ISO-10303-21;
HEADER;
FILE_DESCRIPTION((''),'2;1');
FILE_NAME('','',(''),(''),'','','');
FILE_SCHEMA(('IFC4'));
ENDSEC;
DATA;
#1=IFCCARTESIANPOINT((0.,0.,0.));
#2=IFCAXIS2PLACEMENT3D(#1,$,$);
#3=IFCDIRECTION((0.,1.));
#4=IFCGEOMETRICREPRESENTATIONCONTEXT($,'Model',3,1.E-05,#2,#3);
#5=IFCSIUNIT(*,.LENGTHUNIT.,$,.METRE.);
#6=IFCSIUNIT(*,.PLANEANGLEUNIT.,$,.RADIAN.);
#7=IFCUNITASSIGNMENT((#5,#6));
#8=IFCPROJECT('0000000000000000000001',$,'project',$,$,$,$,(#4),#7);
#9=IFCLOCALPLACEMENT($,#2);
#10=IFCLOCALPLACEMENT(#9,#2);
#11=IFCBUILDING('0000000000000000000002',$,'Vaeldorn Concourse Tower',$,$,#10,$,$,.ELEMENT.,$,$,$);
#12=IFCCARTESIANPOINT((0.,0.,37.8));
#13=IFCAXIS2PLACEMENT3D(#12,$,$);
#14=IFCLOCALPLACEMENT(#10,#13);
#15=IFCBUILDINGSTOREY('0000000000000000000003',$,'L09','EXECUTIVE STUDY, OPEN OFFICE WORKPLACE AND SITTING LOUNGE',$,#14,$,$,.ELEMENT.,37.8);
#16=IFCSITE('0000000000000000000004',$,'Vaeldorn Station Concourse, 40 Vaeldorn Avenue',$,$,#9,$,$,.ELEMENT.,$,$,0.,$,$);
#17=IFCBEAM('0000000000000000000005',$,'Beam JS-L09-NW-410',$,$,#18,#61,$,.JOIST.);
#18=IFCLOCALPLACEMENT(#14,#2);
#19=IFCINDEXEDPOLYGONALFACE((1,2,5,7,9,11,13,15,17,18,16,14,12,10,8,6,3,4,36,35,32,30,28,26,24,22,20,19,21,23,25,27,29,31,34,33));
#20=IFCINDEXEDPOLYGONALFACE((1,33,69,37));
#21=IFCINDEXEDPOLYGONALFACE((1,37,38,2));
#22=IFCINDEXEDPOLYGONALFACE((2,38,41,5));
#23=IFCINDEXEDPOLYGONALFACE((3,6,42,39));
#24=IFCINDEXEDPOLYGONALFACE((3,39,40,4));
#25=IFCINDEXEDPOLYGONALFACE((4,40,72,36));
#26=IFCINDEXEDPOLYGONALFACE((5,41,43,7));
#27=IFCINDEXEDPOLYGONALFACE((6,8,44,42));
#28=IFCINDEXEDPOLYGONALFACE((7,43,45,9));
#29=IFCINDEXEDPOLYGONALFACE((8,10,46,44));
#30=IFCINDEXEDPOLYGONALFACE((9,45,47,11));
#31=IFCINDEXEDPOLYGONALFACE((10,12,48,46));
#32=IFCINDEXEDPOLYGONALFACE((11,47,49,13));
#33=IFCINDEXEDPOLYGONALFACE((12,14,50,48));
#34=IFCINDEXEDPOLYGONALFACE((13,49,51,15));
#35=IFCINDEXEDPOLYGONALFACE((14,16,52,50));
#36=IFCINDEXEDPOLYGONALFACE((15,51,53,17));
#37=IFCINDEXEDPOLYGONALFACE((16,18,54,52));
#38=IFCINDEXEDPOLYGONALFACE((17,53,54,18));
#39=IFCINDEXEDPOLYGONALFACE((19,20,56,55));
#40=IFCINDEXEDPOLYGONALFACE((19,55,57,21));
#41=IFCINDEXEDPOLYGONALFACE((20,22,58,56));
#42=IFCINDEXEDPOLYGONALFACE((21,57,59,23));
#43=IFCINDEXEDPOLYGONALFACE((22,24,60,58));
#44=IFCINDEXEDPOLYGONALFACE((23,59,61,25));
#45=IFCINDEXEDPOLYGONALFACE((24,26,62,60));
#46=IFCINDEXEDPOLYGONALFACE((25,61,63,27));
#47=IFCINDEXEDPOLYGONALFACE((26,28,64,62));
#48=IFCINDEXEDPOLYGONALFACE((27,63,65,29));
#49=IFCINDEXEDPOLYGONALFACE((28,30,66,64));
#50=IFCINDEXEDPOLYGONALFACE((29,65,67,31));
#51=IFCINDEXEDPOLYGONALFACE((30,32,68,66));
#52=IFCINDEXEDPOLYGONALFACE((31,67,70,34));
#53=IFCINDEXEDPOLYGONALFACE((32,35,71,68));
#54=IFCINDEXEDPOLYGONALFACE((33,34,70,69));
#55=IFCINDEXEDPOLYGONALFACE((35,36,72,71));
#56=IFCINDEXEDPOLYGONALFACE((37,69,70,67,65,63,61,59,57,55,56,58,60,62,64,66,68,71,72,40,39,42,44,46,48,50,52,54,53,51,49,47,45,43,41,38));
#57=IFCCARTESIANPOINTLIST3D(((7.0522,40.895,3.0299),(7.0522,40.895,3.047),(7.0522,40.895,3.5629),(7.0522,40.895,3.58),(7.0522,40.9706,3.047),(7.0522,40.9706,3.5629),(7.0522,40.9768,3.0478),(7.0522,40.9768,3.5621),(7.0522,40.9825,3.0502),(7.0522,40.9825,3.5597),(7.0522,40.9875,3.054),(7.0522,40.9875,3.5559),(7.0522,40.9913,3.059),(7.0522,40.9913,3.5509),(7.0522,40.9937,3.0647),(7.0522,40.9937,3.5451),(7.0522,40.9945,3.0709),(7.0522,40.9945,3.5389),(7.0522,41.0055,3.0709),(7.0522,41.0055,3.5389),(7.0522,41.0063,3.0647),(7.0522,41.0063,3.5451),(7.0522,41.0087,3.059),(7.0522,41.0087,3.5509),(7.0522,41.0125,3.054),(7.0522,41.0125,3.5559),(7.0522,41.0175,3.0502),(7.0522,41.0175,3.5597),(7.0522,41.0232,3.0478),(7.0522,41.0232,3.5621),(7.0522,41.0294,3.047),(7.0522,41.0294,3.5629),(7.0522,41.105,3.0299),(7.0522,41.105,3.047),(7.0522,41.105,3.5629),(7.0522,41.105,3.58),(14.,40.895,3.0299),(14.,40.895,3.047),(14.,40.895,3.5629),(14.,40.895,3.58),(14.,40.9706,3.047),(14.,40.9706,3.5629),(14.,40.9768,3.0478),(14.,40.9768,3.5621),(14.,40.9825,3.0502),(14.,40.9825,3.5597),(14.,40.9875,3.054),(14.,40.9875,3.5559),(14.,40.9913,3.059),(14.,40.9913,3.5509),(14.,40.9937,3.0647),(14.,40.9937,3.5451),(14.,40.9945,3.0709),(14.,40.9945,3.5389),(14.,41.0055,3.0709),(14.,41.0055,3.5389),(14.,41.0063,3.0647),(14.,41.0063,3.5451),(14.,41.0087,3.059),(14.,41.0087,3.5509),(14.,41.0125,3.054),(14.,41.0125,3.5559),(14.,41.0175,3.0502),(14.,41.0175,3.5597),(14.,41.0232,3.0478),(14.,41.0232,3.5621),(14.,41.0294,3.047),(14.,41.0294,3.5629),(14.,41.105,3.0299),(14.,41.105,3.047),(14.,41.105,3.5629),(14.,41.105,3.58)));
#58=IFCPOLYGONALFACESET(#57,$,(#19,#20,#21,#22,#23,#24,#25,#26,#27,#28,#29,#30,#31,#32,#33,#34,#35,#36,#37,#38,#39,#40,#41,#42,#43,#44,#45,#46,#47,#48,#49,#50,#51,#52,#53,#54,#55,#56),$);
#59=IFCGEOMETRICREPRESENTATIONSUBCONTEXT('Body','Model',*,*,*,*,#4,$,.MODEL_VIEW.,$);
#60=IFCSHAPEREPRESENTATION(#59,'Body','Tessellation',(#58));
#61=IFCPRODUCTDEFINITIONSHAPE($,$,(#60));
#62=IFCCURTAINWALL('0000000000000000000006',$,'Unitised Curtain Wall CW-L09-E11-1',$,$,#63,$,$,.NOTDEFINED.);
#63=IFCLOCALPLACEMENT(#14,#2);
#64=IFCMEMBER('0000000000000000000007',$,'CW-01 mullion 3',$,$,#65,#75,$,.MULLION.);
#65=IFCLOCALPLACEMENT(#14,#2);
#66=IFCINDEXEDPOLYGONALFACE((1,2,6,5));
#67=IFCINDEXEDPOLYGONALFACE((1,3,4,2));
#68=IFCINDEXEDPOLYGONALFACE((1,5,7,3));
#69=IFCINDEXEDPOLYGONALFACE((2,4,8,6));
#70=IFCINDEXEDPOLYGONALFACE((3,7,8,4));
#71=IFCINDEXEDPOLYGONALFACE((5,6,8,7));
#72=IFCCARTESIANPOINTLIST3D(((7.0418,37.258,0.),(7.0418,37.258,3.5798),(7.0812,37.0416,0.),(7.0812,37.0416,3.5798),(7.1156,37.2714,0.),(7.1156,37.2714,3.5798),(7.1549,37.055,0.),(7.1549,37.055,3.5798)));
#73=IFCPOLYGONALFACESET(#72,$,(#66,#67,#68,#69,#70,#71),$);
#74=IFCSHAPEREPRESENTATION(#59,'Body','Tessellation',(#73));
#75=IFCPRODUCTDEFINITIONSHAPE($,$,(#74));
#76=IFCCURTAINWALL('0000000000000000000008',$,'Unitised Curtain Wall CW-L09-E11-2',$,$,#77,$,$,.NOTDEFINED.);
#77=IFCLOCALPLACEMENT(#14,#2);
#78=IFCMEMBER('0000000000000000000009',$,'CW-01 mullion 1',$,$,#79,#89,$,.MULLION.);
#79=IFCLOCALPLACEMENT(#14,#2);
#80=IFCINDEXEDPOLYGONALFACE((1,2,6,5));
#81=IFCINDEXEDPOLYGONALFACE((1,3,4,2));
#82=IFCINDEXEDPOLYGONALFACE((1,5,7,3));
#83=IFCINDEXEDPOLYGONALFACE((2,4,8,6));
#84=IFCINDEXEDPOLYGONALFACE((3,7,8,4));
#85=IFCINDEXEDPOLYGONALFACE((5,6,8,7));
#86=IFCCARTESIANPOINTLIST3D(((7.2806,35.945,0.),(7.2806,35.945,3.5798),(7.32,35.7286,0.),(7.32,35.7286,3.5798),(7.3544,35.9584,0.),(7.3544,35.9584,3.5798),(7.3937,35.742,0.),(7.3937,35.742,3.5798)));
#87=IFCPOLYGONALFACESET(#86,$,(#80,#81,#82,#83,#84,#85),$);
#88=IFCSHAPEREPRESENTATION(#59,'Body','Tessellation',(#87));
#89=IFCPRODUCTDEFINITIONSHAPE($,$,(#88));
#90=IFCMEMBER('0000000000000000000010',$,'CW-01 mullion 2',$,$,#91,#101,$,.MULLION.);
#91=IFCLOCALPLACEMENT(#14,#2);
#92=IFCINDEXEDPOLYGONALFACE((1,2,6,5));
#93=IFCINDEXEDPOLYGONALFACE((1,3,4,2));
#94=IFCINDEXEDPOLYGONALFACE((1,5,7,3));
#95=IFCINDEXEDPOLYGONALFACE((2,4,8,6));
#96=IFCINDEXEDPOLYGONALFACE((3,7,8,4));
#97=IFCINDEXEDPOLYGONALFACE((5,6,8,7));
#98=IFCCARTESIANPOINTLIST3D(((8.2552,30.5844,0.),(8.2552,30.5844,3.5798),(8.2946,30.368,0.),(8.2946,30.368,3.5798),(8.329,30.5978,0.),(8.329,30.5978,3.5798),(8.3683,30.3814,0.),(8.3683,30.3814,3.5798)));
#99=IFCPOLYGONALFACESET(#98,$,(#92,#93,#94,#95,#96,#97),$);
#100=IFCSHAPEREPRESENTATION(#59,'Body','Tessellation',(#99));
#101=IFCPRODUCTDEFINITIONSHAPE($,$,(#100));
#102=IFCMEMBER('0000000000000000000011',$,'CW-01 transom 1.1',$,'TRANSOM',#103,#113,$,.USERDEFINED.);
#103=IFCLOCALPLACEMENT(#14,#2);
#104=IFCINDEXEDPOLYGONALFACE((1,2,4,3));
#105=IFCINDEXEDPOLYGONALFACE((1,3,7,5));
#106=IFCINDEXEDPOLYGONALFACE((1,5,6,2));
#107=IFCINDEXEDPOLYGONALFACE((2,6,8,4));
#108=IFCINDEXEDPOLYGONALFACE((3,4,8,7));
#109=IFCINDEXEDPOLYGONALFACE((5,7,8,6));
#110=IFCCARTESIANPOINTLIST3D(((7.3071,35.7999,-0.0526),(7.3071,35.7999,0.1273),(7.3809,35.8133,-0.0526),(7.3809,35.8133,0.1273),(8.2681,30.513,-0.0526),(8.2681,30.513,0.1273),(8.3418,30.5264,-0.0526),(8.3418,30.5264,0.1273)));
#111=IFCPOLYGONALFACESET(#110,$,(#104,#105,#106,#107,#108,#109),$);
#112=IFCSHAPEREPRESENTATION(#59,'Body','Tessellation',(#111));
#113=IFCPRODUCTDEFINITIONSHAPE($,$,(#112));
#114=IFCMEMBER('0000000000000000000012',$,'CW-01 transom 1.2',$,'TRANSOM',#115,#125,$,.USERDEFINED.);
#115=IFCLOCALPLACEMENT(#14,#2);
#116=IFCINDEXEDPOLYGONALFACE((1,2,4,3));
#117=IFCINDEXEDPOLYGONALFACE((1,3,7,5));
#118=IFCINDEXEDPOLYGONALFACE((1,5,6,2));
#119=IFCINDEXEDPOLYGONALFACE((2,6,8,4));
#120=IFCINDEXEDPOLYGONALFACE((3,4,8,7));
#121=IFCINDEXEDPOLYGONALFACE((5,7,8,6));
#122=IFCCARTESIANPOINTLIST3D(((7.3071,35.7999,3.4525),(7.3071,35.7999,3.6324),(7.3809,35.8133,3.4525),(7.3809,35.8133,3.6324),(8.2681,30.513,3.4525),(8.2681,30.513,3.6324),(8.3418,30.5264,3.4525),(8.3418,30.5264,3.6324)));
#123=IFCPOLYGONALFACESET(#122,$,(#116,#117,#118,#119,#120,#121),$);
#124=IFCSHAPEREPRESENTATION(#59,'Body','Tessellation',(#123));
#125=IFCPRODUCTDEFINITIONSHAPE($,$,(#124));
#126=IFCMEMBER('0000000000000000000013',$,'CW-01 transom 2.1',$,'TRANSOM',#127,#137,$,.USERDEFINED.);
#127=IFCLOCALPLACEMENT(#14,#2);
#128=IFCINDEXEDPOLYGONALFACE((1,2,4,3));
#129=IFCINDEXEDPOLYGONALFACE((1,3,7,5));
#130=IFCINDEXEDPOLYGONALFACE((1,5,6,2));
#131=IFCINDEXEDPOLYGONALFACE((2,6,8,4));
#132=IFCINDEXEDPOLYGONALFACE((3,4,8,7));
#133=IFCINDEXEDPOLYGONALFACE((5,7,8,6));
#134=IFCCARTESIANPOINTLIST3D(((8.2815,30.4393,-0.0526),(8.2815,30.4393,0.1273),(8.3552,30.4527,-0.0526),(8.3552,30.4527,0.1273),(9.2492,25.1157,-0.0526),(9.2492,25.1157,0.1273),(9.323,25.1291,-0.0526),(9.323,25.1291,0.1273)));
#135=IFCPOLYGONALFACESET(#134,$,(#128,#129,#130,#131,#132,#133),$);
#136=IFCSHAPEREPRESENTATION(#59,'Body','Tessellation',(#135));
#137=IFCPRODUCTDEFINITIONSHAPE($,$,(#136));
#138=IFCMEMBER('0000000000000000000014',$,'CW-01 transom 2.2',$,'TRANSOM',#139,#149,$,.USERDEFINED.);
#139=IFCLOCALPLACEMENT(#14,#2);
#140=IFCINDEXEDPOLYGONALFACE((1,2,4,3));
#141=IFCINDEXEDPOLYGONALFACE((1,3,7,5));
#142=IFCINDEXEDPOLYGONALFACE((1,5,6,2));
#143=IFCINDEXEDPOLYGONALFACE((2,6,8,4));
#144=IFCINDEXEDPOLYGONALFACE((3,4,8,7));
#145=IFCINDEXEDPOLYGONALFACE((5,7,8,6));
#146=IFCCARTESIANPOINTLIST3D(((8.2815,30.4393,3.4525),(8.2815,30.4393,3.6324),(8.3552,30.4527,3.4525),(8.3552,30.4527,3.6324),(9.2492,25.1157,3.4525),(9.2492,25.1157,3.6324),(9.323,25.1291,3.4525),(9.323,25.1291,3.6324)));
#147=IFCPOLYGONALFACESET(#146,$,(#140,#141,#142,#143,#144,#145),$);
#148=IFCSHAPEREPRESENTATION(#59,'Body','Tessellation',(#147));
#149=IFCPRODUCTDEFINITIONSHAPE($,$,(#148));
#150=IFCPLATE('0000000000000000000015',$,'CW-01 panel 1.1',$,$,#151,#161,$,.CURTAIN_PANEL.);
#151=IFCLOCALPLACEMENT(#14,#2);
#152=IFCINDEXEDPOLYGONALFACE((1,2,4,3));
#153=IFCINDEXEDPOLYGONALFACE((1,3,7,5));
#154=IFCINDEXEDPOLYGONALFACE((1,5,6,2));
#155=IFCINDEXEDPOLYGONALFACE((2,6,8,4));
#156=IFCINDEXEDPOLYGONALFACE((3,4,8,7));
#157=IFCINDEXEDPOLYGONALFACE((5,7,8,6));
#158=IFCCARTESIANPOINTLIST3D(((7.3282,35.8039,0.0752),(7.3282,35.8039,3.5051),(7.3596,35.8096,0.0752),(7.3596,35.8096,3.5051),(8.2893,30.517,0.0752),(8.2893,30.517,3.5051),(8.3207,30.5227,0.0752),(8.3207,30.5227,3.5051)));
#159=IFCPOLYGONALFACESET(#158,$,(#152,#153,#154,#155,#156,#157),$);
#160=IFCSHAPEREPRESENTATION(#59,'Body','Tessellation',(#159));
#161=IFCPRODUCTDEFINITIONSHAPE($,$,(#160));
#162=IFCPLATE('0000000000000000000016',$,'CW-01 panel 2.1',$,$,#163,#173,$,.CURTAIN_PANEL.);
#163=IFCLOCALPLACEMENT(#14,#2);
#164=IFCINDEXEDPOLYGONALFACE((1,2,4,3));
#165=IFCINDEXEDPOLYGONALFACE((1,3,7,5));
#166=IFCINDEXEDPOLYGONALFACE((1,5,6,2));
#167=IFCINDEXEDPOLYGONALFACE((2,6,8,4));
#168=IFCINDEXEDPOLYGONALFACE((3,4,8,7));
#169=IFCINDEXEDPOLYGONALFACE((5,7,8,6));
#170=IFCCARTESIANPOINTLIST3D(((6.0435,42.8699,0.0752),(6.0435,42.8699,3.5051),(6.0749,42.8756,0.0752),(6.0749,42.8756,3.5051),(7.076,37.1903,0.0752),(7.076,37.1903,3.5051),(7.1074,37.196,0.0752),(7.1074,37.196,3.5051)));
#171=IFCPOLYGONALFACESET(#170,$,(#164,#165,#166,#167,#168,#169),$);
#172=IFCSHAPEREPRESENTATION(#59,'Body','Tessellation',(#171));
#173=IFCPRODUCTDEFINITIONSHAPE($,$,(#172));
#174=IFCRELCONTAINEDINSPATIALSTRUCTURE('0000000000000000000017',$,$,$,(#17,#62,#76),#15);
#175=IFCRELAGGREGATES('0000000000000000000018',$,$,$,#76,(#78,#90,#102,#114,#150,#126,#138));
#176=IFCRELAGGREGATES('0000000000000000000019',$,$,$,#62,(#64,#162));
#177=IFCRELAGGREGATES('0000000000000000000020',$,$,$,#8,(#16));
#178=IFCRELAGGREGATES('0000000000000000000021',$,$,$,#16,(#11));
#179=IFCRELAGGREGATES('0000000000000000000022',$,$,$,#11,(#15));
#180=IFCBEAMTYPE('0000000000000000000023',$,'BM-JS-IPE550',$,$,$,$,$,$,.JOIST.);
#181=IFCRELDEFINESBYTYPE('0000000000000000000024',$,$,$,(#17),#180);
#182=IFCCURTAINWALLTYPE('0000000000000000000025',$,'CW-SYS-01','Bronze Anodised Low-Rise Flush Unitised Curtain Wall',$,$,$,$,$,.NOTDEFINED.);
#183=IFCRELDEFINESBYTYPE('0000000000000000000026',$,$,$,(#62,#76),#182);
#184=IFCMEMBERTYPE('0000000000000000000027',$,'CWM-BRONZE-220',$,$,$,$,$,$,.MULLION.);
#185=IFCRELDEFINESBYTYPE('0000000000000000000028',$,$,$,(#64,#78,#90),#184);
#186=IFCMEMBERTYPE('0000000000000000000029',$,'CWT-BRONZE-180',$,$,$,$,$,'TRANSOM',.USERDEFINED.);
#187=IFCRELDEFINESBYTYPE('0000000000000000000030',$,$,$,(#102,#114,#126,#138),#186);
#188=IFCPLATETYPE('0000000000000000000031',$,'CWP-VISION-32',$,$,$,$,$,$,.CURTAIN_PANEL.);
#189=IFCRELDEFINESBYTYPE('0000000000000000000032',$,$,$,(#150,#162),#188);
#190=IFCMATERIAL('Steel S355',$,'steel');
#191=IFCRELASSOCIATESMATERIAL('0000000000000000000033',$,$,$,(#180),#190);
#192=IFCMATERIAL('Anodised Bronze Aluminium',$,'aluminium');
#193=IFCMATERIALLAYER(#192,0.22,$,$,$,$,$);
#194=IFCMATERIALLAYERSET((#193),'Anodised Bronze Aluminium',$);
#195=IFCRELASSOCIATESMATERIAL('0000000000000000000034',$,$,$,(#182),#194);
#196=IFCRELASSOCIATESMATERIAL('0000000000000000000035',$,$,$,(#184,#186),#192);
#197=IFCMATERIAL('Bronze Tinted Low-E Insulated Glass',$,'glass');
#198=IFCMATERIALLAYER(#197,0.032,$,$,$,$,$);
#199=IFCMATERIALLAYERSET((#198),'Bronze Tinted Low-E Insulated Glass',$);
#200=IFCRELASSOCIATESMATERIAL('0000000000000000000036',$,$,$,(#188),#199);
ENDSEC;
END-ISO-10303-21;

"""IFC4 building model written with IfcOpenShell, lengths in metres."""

from ifc_helpers import new_model, si_unit, direction, frame, origin, origin_2d, place, context, subcontext, project, spatial, rectangle, i_section, extrude, source, transform, mapped, material, layer, layer_set, material_profile, profile_set, type_object, element, aggregate, save


model = new_model("IFC4")

# Units and contexts
model_context = context("Model", 3, precision=1e-05, world=origin(), true_north=direction((0.0, 1.0)))
body_context = subcontext(model_context, "Body", "Model", "MODEL_VIEW")
ifc_project = project(units=[si_unit("LENGTHUNIT", "METRE"), si_unit("PLANEANGLEUNIT", "RADIAN")], contexts=[model_context])

# Site, building, storey
site_placement = place(None, origin())
site = spatial("IfcSite", under=ifc_project, at=site_placement, Name="Vaeldorn Station Concourse, 40 Vaeldorn Avenue", CompositionType="ELEMENT", RefElevation=0.0)
building_placement = place(site_placement, origin())
building = spatial("IfcBuilding", under=site, at=building_placement, Name="Vaeldorn Concourse Tower", CompositionType="ELEMENT")
storey_placement = place(building_placement, frame((0.0, 0.0, 37.8)))
storey = spatial("IfcBuildingStorey", under=building, at=storey_placement, Name="L09", Description="EXECUTIVE STUDY, OPEN OFFICE WORKPLACE AND SITTING LOUNGE", CompositionType="ELEMENT", Elevation=37.8)

# Beam
ifc_material_1 = material(Name="Steel S355", Category="steel")
ifc_material_profile_1 = material_profile(ifc_material_1, i_section(OverallWidth=0.21, OverallDepth=0.55, WebThickness=0.011, FlangeThickness=0.0171, FilletRadius=0.0239, at=origin_2d()), Name="IPE 550")
ifc_profile_set_1 = profile_set([ifc_material_profile_1], Name="Steel S355")
beam_type_1 = type_object("IfcBeamType", Name="BM-JS-IPE550", PredefinedType="JOIST", material=ifc_profile_set_1)
shared_shape_1 = source(origin(), body_context, "Body", "SweptSolid", [
    extrude(i_section(OverallWidth=0.21, OverallDepth=0.55, WebThickness=0.011, FlangeThickness=0.0171, FilletRadius=0.0239, at=origin_2d()), origin(), (0.0, 0.0, 1.0), 6.9478),
])
beam_1_placement = place(storey_placement, frame((7.0522, 41.0, 3.3049), z_axis=(1.0, 0.0, 0.0), x_axis=(0.0, 1.0, 0.0)))
element("IfcBeam", 1, at=beam_1_placement, inside=storey, type_object=beam_type_1, Name="Beam JS-L09-NW-410", PredefinedType="JOIST", context=body_context, shape_type="MappedRepresentation", body=[
    mapped(shared_shape_1, transform((0.0, 0.0, 0.0), scale=1.0)),
])

# Curtain wall, member
ifc_material_2 = material(Name="Anodised Bronze Aluminium", Category="aluminium")
ifc_layer_1 = layer(ifc_material_2, 0.22)
ifc_layer_set_1 = layer_set([ifc_layer_1], Name="Anodised Bronze Aluminium")
curtain_wall_type = type_object("IfcCurtainWallType", Name="CW-SYS-01", Description="Bronze Anodised Low-Rise Flush Unitised Curtain Wall", PredefinedType="NOTDEFINED", material=ifc_layer_set_1)
curtain_wall_1_placement = place(storey_placement, origin())
curtain_wall_1 = element("IfcCurtainWall", 2, at=curtain_wall_1_placement, inside=storey, type_object=curtain_wall_type, Name="Unitised Curtain Wall CW-L09-E11-1", PredefinedType="NOTDEFINED")
ifc_material_profile_2 = material_profile(ifc_material_2, rectangle(XDim=0.075, YDim=0.22, at=origin_2d()), Name="CWM 75x220")
ifc_profile_set_2 = profile_set([ifc_material_profile_2], Name="Anodised Bronze Aluminium")
member_type_1 = type_object("IfcMemberType", Name="CWM-BRONZE-220", PredefinedType="MULLION", material=ifc_profile_set_2)
shared_shape_2 = source(origin(), body_context, "Body", "SweptSolid", [
    extrude(rectangle(XDim=0.075, YDim=0.22, at=origin_2d()), origin(), (0.0, 0.0, 1.0), 3.5798),
])
member_1_placement = place(storey_placement, frame((7.0984, 37.1565, 0.0), z_axis=(0.0, 0.0, 1.0), x_axis=(0.983875, 0.178857, 0.0)))
member_1 = element("IfcMember", 3, at=member_1_placement, type_object=member_type_1, Name="CW-01 mullion 3", PredefinedType="MULLION", context=body_context, shape_type="MappedRepresentation", body=[
    mapped(shared_shape_2, transform((0.0, 0.0, 0.0), scale=1.0)),
])

# Curtain wall, members, plate
curtain_wall_2_placement = place(storey_placement, origin())
curtain_wall_2 = element("IfcCurtainWall", 4, at=curtain_wall_2_placement, inside=storey, type_object=curtain_wall_type, Name="Unitised Curtain Wall CW-L09-E11-2", PredefinedType="NOTDEFINED")
member_2_placement = place(storey_placement, frame((7.3372, 35.8435, 0.0), z_axis=(0.0, 0.0, 1.0), x_axis=(0.983875, 0.178859, 0.0)))
member_2 = element("IfcMember", 5, at=member_2_placement, type_object=member_type_1, Name="CW-01 mullion 1", PredefinedType="MULLION", context=body_context, shape_type="MappedRepresentation", body=[
    mapped(shared_shape_2, transform((0.0, 0.0, 0.0), scale=1.0)),
])
member_3_placement = place(storey_placement, frame((8.3118, 30.4829, 0.0), z_axis=(0.0, 0.0, 1.0), x_axis=(0.983875, 0.178859, 0.0)))
member_3 = element("IfcMember", 6, at=member_3_placement, type_object=member_type_1, Name="CW-01 mullion 2", PredefinedType="MULLION", context=body_context, shape_type="MappedRepresentation", body=[
    mapped(shared_shape_2, transform((0.0, 0.0, 0.0), scale=1.0)),
])
ifc_material_profile_3 = material_profile(ifc_material_2, rectangle(XDim=0.075, YDim=0.1799, at=origin_2d()), Name="CWT 75x180")
ifc_profile_set_3 = profile_set([ifc_material_profile_3], Name="Anodised Bronze Aluminium")
member_type_2 = type_object("IfcMemberType", Name="CWT-BRONZE-180", ElementType="TRANSOM", PredefinedType="USERDEFINED", material=ifc_profile_set_3)
shared_shape_3 = source(origin(), body_context, "Body", "SweptSolid", [
    extrude(rectangle(XDim=0.075, YDim=0.1799, at=origin_2d()), origin(), (0.0, 0.0, 1.0), 5.3735),
])
member_4_placement = place(storey_placement, frame((7.344, 35.8066, 0.0374), z_axis=(0.178829, -0.98388, 0.0), x_axis=(0.98388, 0.178829, 0.0)))
member_4 = element("IfcMember", 7, at=member_4_placement, type_object=member_type_2, Name="CW-01 transom 1.1", ObjectType="TRANSOM", PredefinedType="USERDEFINED", context=body_context, shape_type="MappedRepresentation", body=[
    mapped(shared_shape_3, transform((0.0, 0.0, 0.0), scale=1.0)),
])
member_5_placement = place(storey_placement, frame((7.344, 35.8066, 3.5425), z_axis=(0.178829, -0.98388, 0.0), x_axis=(0.98388, 0.178829, 0.0)))
member_5 = element("IfcMember", 8, at=member_5_placement, type_object=member_type_2, Name="CW-01 transom 1.2", ObjectType="TRANSOM", PredefinedType="USERDEFINED", context=body_context, shape_type="MappedRepresentation", body=[
    mapped(shared_shape_3, transform((0.0, 0.0, 0.0), scale=1.0)),
])
shared_shape_4 = source(origin(), body_context, "Body", "SweptSolid", [
    extrude(rectangle(XDim=0.075, YDim=0.1799, at=origin_2d()), origin(), (0.0, 0.0, 1.0), 5.4109),
])
member_6_placement = place(storey_placement, frame((8.3184, 30.446, 0.0374), z_axis=(0.178854, -0.983876, 0.0), x_axis=(0.983876, 0.178854, 0.0)))
member_6 = element("IfcMember", 9, at=member_6_placement, type_object=member_type_2, Name="CW-01 transom 2.1", ObjectType="TRANSOM", PredefinedType="USERDEFINED", context=body_context, shape_type="MappedRepresentation", body=[
    mapped(shared_shape_4, transform((0.0, 0.0, 0.0), scale=1.0)),
])
member_7_placement = place(storey_placement, frame((8.3184, 30.446, 3.5425), z_axis=(0.178854, -0.983876, 0.0), x_axis=(0.983876, 0.178854, 0.0)))
member_7 = element("IfcMember", 10, at=member_7_placement, type_object=member_type_2, Name="CW-01 transom 2.2", ObjectType="TRANSOM", PredefinedType="USERDEFINED", context=body_context, shape_type="MappedRepresentation", body=[
    mapped(shared_shape_4, transform((0.0, 0.0, 0.0), scale=1.0)),
])
ifc_material_3 = material(Name="Bronze Tinted Low-E Insulated Glass", Category="glass")
ifc_layer_2 = layer(ifc_material_3, 0.032)
ifc_layer_set_2 = layer_set([ifc_layer_2], Name="Bronze Tinted Low-E Insulated Glass")
plate_type = type_object("IfcPlateType", Name="CWP-VISION-32", PredefinedType="CURTAIN_PANEL", material=ifc_layer_set_2)
shared_shape_5 = source(origin(), body_context, "Body", "SweptSolid", [
    extrude(rectangle(XDim=5.3735, YDim=0.032, at=origin_2d()), origin(), (0.0, 0.0, 1.0), 3.4299),
])
plate_1_placement = place(storey_placement, frame((7.8245, 33.1633, 0.0752), z_axis=(0.0, 0.0, 1.0), x_axis=(0.178859, -0.983875, 0.0)))
plate_1 = element("IfcPlate", 11, at=plate_1_placement, type_object=plate_type, Name="CW-01 panel 1.1", PredefinedType="CURTAIN_PANEL", context=body_context, shape_type="MappedRepresentation", body=[
    mapped(shared_shape_5, transform((0.0, 0.0, 0.0), scale=1.0)),
])
aggregate(curtain_wall_2, [member_2, member_3, member_4, member_5, plate_1, member_6, member_7])

# Plate
shared_shape_6 = source(origin(), body_context, "Body", "SweptSolid", [
    extrude(rectangle(XDim=5.7727, YDim=0.032, at=origin_2d()), origin(), (0.0, 0.0, 1.0), 3.4299),
])
plate_2_placement = place(storey_placement, frame((6.5754, 40.033, 0.0752), z_axis=(0.0, 0.0, 1.0), x_axis=(0.178857, -0.983875, 0.0)))
plate_2 = element("IfcPlate", 12, at=plate_2_placement, type_object=plate_type, Name="CW-01 panel 2.1", PredefinedType="CURTAIN_PANEL", context=body_context, shape_type="MappedRepresentation", body=[
    mapped(shared_shape_6, transform((0.0, 0.0, 0.0), scale=1.0)),
])
aggregate(curtain_wall_1, [member_1, plate_2])

save(model, "model.ifc")
